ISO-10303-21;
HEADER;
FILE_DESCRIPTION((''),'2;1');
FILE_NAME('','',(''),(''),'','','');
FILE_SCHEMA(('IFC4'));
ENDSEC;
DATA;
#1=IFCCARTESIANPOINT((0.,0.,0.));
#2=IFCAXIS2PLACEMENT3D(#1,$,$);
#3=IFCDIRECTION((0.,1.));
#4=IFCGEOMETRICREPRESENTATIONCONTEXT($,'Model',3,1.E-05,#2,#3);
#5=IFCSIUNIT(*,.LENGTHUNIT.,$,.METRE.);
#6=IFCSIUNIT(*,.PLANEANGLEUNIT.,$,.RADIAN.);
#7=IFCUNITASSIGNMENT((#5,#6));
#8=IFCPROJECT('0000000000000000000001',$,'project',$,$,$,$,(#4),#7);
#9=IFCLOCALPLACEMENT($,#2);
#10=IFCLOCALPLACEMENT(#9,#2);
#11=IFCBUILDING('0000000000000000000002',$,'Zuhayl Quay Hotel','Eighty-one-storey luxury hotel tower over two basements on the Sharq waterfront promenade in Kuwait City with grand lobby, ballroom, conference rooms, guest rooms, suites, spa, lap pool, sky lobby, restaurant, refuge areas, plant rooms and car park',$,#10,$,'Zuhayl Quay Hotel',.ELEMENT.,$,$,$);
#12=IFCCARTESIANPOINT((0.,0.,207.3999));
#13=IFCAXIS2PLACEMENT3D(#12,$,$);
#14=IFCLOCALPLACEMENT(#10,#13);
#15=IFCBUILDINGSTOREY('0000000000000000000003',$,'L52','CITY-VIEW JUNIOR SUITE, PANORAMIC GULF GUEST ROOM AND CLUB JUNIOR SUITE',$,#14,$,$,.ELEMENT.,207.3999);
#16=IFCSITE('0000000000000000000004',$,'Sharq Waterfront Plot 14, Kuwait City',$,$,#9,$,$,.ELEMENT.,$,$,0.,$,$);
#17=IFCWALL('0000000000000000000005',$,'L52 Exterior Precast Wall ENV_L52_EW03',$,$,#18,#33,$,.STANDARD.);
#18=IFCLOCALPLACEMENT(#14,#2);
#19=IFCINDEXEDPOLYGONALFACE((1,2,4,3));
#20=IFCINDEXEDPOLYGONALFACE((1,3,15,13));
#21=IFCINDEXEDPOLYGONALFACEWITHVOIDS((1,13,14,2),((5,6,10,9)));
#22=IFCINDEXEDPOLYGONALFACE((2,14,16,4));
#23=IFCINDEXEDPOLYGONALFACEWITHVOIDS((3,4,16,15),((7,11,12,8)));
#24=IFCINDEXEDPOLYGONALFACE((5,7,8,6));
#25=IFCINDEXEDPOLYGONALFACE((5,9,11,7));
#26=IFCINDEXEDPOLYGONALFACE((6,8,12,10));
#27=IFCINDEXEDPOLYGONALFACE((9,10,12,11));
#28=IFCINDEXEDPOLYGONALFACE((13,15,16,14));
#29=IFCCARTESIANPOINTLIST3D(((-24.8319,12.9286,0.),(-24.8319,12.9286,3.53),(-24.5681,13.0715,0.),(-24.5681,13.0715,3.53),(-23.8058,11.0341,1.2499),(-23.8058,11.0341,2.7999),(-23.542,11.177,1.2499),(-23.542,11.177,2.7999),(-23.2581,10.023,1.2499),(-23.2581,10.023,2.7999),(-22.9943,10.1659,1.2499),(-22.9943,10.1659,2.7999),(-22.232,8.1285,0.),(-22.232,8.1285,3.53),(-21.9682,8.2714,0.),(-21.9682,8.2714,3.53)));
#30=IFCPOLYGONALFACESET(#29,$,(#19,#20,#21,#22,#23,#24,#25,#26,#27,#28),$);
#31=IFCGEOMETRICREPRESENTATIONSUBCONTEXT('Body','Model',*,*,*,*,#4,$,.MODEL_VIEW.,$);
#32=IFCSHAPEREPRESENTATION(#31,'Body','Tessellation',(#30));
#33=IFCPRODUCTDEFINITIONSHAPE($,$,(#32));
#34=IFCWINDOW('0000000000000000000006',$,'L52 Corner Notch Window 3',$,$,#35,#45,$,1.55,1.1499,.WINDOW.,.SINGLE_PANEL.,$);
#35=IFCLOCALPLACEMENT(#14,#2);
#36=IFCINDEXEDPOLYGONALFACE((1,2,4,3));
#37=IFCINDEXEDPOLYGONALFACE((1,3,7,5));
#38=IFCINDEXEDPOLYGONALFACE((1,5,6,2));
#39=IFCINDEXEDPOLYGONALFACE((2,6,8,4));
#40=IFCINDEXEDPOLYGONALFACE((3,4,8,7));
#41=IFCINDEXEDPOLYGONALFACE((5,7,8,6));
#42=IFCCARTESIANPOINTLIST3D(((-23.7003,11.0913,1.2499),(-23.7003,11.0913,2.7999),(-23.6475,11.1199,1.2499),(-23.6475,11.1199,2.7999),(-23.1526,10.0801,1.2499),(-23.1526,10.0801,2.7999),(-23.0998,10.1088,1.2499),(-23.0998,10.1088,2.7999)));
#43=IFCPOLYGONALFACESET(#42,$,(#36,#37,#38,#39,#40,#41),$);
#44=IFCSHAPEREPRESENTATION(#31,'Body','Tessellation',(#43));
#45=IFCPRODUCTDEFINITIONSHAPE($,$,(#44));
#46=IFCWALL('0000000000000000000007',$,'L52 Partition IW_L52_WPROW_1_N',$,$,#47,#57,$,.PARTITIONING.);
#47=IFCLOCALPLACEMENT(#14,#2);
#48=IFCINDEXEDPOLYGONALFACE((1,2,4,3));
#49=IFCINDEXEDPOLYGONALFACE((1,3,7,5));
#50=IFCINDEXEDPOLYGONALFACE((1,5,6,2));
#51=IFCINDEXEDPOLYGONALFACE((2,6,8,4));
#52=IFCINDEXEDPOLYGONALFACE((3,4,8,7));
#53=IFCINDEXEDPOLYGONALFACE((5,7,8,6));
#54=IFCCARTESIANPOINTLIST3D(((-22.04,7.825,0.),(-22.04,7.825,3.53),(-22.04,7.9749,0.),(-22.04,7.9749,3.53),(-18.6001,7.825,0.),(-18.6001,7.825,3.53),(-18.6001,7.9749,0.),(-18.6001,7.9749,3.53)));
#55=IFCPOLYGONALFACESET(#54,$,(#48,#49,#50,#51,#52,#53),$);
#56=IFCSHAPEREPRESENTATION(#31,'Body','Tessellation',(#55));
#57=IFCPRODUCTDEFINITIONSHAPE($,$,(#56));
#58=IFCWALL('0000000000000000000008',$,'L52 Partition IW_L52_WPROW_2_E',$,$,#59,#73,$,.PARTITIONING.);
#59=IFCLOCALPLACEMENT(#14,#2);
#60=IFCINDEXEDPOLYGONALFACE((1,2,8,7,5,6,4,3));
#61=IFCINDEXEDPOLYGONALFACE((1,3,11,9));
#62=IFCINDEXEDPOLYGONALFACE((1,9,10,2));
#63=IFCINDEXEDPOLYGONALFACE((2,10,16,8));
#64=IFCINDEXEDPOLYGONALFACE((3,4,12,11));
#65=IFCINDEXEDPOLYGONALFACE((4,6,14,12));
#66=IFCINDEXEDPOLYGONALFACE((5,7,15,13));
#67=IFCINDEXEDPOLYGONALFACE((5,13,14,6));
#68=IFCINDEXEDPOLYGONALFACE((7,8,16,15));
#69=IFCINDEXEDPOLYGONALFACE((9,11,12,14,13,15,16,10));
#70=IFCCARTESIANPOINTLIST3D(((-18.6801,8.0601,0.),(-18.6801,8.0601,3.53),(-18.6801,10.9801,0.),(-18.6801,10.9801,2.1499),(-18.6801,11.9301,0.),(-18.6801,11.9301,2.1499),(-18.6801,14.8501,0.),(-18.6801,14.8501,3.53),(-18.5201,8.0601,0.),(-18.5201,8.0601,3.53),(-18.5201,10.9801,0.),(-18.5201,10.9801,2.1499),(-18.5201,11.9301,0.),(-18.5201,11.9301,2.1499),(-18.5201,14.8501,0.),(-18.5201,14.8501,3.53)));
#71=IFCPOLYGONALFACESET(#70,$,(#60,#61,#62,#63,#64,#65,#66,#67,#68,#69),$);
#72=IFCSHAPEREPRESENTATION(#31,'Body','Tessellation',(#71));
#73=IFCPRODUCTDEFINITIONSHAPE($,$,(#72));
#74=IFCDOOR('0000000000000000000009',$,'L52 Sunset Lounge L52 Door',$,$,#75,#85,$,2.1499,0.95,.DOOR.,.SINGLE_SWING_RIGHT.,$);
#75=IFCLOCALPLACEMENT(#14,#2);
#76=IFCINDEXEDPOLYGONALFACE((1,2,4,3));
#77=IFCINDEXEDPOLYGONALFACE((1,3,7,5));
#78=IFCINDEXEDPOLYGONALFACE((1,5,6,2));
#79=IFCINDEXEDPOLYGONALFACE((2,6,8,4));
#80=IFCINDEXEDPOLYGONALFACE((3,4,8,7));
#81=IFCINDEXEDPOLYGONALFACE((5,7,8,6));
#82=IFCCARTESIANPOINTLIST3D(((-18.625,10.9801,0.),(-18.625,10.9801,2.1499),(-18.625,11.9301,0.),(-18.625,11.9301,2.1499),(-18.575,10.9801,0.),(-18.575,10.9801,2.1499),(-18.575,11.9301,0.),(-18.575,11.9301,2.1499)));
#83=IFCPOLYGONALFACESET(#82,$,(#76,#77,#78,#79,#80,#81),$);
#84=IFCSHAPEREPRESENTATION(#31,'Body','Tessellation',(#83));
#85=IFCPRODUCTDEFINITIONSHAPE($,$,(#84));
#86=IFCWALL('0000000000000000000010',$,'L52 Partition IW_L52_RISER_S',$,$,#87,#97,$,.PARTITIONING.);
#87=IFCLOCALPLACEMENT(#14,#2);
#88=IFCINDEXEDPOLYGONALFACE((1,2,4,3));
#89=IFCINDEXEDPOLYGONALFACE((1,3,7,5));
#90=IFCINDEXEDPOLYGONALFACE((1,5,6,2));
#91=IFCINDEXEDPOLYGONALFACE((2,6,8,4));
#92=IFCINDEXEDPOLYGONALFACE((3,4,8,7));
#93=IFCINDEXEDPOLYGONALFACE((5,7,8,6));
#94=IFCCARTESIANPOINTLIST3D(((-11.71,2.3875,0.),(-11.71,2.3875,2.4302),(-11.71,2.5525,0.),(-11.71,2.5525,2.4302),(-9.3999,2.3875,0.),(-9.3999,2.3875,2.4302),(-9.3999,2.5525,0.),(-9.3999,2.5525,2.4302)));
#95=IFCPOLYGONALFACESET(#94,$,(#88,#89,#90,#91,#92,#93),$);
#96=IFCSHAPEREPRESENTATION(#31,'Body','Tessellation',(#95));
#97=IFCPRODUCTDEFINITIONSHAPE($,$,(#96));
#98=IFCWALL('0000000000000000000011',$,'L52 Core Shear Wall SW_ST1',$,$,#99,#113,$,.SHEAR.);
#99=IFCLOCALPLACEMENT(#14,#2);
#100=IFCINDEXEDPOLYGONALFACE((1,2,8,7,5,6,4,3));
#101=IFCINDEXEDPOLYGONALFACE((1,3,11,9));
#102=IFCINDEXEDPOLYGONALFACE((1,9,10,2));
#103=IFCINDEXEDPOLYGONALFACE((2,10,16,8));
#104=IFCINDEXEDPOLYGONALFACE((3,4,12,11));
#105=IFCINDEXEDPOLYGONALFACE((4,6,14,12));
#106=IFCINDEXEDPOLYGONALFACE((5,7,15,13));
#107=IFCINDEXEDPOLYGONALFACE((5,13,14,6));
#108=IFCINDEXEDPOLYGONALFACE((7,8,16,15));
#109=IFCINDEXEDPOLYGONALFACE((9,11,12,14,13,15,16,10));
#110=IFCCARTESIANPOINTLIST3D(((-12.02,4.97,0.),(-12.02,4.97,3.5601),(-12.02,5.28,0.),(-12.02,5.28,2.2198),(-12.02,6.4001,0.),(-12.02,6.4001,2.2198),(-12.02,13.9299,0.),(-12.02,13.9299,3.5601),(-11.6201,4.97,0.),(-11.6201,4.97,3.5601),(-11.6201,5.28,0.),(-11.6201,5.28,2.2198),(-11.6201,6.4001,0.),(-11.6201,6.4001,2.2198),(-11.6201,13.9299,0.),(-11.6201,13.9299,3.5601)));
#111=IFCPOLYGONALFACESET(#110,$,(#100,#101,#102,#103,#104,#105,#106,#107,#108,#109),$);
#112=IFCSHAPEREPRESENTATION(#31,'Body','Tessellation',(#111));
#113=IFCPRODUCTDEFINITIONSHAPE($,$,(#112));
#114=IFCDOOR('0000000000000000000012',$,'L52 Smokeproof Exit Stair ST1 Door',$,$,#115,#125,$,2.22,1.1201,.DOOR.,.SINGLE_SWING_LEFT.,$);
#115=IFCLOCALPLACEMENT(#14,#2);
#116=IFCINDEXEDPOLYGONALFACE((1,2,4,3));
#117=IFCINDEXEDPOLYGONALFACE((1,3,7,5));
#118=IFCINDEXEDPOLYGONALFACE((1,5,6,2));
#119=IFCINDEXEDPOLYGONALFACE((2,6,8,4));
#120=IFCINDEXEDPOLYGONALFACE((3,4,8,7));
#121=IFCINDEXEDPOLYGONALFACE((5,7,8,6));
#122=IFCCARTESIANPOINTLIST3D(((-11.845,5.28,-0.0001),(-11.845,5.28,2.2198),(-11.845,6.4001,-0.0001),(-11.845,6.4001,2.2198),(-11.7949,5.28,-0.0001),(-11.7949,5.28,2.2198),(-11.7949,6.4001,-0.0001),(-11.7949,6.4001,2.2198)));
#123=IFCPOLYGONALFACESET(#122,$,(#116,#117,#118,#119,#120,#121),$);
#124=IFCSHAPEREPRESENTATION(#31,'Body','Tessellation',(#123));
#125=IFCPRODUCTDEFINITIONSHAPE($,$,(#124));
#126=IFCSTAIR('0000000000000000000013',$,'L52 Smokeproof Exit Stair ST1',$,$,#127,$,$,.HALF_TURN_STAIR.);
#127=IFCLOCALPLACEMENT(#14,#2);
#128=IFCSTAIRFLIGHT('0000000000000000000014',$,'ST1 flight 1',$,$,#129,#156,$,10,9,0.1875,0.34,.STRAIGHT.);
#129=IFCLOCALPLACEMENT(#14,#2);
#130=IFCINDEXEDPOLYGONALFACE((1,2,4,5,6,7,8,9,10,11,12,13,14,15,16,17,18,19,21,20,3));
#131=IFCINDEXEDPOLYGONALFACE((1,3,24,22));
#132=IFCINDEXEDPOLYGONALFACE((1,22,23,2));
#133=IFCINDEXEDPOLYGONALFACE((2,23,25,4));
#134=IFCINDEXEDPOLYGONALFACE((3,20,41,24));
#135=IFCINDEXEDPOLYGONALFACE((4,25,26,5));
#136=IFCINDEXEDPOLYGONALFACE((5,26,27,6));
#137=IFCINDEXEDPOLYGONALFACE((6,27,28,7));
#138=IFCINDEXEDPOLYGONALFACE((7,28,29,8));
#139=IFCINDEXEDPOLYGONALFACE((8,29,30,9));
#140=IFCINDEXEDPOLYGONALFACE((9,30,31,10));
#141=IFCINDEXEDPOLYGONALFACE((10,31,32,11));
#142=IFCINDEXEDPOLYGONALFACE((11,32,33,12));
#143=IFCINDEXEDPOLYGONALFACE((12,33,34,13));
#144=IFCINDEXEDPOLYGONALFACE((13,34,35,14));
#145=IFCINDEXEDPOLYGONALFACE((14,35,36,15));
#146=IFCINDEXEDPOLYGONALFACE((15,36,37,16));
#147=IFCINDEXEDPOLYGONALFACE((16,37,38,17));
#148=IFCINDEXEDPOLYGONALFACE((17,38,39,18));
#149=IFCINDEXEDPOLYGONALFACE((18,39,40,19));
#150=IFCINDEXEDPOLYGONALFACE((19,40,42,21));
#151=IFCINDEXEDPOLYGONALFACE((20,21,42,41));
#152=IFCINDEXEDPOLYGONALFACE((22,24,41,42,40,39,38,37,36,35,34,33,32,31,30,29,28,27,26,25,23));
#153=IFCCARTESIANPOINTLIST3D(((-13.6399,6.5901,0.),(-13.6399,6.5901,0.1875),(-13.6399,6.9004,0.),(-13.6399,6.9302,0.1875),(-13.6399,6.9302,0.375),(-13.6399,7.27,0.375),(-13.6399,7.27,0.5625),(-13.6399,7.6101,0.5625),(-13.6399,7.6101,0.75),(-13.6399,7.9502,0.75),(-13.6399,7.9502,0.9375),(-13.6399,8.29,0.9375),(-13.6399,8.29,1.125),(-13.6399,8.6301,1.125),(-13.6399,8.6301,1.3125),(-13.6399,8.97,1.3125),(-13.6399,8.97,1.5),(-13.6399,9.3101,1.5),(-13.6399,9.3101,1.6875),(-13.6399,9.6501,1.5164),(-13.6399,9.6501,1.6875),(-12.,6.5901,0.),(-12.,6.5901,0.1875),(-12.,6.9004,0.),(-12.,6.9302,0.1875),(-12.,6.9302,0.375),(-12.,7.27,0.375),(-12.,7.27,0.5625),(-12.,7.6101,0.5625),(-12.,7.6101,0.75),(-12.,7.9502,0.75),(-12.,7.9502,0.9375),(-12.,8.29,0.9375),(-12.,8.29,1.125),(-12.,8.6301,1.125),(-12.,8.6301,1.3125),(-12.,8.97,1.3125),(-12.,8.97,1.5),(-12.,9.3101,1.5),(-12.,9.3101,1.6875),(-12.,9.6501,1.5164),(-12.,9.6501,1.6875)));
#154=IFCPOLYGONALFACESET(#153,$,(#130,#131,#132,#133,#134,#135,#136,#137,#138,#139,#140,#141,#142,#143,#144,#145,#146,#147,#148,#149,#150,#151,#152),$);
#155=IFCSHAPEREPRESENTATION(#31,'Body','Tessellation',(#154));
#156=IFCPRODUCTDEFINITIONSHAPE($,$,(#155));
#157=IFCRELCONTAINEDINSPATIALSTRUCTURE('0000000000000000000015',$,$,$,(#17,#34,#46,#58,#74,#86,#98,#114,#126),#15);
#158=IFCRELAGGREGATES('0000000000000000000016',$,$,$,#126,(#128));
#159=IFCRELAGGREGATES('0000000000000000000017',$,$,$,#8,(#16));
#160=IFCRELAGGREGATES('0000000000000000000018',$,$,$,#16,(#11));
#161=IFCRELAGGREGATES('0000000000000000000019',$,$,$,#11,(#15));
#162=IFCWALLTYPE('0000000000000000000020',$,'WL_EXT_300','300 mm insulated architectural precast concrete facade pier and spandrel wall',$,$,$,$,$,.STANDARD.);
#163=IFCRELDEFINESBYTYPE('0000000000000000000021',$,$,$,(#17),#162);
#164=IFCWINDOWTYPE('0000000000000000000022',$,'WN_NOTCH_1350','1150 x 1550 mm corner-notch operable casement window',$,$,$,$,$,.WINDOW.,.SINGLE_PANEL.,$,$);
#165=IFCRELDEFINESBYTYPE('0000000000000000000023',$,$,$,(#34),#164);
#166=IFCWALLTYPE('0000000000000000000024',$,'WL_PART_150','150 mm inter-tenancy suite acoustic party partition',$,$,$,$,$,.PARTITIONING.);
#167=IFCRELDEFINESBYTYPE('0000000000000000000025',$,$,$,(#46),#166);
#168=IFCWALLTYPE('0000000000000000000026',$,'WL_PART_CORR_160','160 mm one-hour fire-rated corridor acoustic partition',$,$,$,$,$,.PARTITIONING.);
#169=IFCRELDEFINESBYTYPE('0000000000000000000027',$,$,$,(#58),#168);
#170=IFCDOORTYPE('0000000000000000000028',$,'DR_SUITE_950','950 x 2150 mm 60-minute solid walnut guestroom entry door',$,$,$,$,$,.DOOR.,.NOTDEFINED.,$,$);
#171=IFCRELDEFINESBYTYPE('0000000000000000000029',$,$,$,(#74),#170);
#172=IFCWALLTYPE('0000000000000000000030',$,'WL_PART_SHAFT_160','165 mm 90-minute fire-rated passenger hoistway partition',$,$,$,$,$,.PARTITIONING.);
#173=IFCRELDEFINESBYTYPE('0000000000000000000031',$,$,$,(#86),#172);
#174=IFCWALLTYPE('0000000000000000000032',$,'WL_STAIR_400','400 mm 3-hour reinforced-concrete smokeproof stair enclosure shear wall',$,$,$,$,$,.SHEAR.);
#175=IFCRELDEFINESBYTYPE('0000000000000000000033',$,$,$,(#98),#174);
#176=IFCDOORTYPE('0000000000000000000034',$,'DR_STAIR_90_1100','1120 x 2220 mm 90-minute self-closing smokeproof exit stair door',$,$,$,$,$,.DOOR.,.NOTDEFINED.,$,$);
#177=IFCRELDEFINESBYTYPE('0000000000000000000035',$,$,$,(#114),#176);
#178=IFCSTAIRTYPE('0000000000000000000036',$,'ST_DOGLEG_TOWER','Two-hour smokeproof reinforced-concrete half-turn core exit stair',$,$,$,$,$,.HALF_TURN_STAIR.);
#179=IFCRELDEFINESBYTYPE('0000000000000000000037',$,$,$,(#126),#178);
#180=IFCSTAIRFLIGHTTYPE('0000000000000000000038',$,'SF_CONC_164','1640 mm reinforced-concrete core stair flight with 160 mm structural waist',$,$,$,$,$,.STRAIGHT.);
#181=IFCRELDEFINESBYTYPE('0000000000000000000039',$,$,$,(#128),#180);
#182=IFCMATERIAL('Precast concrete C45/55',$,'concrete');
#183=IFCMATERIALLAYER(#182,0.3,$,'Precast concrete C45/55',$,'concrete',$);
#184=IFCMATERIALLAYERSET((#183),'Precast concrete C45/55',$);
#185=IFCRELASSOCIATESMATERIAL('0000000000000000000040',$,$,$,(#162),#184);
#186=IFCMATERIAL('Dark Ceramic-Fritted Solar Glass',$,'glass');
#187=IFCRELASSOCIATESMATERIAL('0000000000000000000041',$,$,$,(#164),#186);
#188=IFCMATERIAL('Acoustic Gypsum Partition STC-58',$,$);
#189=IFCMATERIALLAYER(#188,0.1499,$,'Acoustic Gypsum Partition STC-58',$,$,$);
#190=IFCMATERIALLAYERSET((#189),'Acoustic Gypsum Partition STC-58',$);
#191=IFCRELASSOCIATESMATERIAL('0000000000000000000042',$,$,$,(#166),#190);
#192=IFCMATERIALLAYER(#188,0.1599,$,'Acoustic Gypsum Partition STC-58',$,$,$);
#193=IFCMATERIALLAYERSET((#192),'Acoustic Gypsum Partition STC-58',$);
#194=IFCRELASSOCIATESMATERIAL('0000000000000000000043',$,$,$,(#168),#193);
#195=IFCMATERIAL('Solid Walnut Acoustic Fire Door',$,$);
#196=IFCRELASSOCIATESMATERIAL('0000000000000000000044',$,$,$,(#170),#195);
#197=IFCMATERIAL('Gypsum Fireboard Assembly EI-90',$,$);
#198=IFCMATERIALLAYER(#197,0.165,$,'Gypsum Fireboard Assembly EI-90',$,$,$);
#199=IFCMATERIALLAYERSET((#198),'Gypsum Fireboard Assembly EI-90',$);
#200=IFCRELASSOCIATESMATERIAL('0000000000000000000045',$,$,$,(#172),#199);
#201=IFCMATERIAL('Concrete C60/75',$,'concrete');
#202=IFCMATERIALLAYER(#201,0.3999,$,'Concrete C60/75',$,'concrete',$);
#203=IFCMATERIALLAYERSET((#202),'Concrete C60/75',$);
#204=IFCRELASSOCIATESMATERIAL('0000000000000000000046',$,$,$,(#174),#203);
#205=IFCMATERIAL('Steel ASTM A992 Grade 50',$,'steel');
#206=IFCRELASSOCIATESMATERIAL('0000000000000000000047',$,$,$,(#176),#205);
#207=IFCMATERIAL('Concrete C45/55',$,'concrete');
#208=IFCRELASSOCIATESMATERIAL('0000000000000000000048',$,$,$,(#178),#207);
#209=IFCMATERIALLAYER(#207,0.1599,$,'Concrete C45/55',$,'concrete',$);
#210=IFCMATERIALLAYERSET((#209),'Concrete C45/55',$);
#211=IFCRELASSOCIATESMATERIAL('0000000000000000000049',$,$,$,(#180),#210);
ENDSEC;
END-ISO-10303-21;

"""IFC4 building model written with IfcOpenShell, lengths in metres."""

from ifc_helpers import new_model, si_unit, direction, frame, frame_2d, origin, place, context, subcontext, project, spatial, polyline, rectangle, outline, extrude, material, layer, layer_set, type_object, element, fill, aggregate, save


model = new_model("IFC4")

# Units and contexts
model_context = context("Model", 3, precision=1e-05, world=origin(), true_north=direction((0.0, 1.0)))
body_context = subcontext(model_context, "Body", "Model", "MODEL_VIEW")
ifc_project = project(units=[si_unit("LENGTHUNIT", "METRE"), si_unit("PLANEANGLEUNIT", "RADIAN")], contexts=[model_context])

# Site, building, storey
site_placement = place(None, origin())
site = spatial("IfcSite", under=ifc_project, at=site_placement, Name="Sharq Waterfront Plot 14, Kuwait City", CompositionType="ELEMENT", RefElevation=0.0)
building_placement = place(site_placement, origin())
building = spatial("IfcBuilding", under=site, at=building_placement, Name="Zuhayl Quay Hotel", Description="Eighty-one-storey luxury hotel tower over two basements on the Sharq waterfront promenade in Kuwait City with grand lobby, ballroom, conference rooms, guest rooms, suites, spa, lap pool, sky lobby, restaurant, refuge areas, plant rooms and car park", LongName="Zuhayl Quay Hotel", CompositionType="ELEMENT")
storey_placement = place(building_placement, frame((0.0, 0.0, 207.3999)))
storey = spatial("IfcBuildingStorey", under=building, at=storey_placement, Name="L52", Description="CITY-VIEW JUNIOR SUITE, PANORAMIC GULF GUEST ROOM AND CLUB JUNIOR SUITE", CompositionType="ELEMENT", Elevation=207.3999)

# Shared definitions
ifc_material_1 = material(Name="Concrete C60/75", Category="concrete")

# Shared definitions
ifc_material_2 = material(Name="Dark Ceramic-Fritted Solar Glass", Category="glass")

# Shared definitions
ifc_material_3 = material(Name="Precast concrete C45/55", Category="concrete")
ifc_layer_1 = layer(ifc_material_3, 0.3, Name="Precast concrete C45/55", Category="concrete")
ifc_layer_set_1 = layer_set([ifc_layer_1], Name="Precast concrete C45/55")
wall_type_1 = type_object("IfcWallType", Name="WL_EXT_300", Description="300 mm insulated architectural precast concrete facade pier and spandrel wall", PredefinedType="STANDARD", material=ifc_layer_set_1)

# Wall, opening, window
wall_1_placement = place(storey_placement, frame((-22.1001, 8.2, 0.0), z_axis=(0.0, 0.0, 1.0), x_axis=(-0.476259, 0.879305, 0.0)))
wall_1 = element("IfcWall", 1, at=wall_1_placement, inside=storey, type_object=wall_type_1, Name="L52 Exterior Precast Wall ENV_L52_EW03", PredefinedType="STANDARD", context=body_context, shape_type="SweptSolid", body=[
    extrude(rectangle(XDim=5.459, YDim=0.3, at=frame_2d((2.7295, 0.0))), origin(), (0.0, 0.0, 1.0), 3.53),
])
opening_1_placement = place(wall_1_placement, frame((2.1545, 0.0, 1.25)))
opening_1 = element("IfcOpeningElement", 2, at=opening_1_placement, cuts=wall_1, PredefinedType="OPENING", context=body_context, shape_type="SweptSolid", body=[
    extrude(rectangle(XDim=1.1499, YDim=1.55, at=frame_2d((0.575, 0.7749))), frame((0.0, 0.1599, 0.0), z_axis=(0.0, -1.0, 0.0), x_axis=(1.0, 0.0, 0.0)), (0.0, 0.0, 1.0), 0.3201),
])
window_type = type_object("IfcWindowType", Name="WN_NOTCH_1350", Description="1150 x 1550 mm corner-notch operable casement window", PartitioningType="SINGLE_PANEL", PredefinedType="WINDOW", material=ifc_material_2)
window_placement = place(opening_1_placement, origin())
window = element("IfcWindow", 3, at=window_placement, inside=storey, type_object=window_type, Name="L52 Corner Notch Window 3", OverallHeight=1.55, OverallWidth=1.1499, PartitioningType="SINGLE_PANEL", PredefinedType="WINDOW", context=body_context, shape_type="SweptSolid", body=[
    extrude(rectangle(XDim=1.1499, YDim=1.55, at=frame_2d((0.575, 0.7749))), frame((0.0, 0.03, 0.0), z_axis=(0.0, -1.0, 0.0), x_axis=(1.0, 0.0, 0.0)), (0.0, 0.0, 1.0), 0.0601),
])
fill(opening_1, window)

# Wall
ifc_material_4 = material(Name="Acoustic Gypsum Partition STC-58")
ifc_layer_2 = layer(ifc_material_4, 0.1499, Name="Acoustic Gypsum Partition STC-58")
ifc_layer_set_2 = layer_set([ifc_layer_2], Name="Acoustic Gypsum Partition STC-58")
wall_type_2 = type_object("IfcWallType", Name="WL_PART_150", Description="150 mm inter-tenancy suite acoustic party partition", PredefinedType="PARTITIONING", material=ifc_layer_set_2)
wall_2_placement = place(storey_placement, frame((-22.04, 7.8999, 0.0), z_axis=(0.0, 0.0, 1.0), x_axis=(1.0, 0.0, 0.0)))
element("IfcWall", 4, at=wall_2_placement, inside=storey, type_object=wall_type_2, Name="L52 Partition IW_L52_WPROW_1_N", PredefinedType="PARTITIONING", context=body_context, shape_type="SweptSolid", body=[
    extrude(rectangle(XDim=3.4399, YDim=0.1499, at=frame_2d((1.72, 0.0))), origin(), (0.0, 0.0, 1.0), 3.53),
])

# Wall, opening, door
ifc_layer_3 = layer(ifc_material_4, 0.1599, Name="Acoustic Gypsum Partition STC-58")
ifc_layer_set_3 = layer_set([ifc_layer_3], Name="Acoustic Gypsum Partition STC-58")
wall_type_3 = type_object("IfcWallType", Name="WL_PART_CORR_160", Description="160 mm one-hour fire-rated corridor acoustic partition", PredefinedType="PARTITIONING", material=ifc_layer_set_3)
wall_3_placement = place(storey_placement, frame((-18.6001, 8.0601, 0.0), z_axis=(0.0, 0.0, 1.0), x_axis=(0.0, 1.0, 0.0)))
wall_3 = element("IfcWall", 5, at=wall_3_placement, inside=storey, type_object=wall_type_3, Name="L52 Partition IW_L52_WPROW_2_E", PredefinedType="PARTITIONING", context=body_context, shape_type="SweptSolid", body=[
    extrude(rectangle(XDim=6.79, YDim=0.1599, at=frame_2d((3.395, 0.0))), origin(), (0.0, 0.0, 1.0), 3.53),
])
opening_2_placement = place(wall_3_placement, frame((2.9199, 0.0, 0.0)))
opening_2 = element("IfcOpeningElement", 6, at=opening_2_placement, cuts=wall_3, PredefinedType="OPENING", context=body_context, shape_type="SweptSolid", body=[
    extrude(rectangle(XDim=0.95, YDim=2.1499, at=frame_2d((0.4751, 1.075))), frame((0.0, 0.0898, 0.0), z_axis=(0.0, -1.0, 0.0), x_axis=(1.0, 0.0, 0.0)), (0.0, 0.0, 1.0), 0.1799),
])
ifc_material_5 = material(Name="Solid Walnut Acoustic Fire Door")
door_type_1 = type_object("IfcDoorType", Name="DR_SUITE_950", Description="950 x 2150 mm 60-minute solid walnut guestroom entry door", OperationType="NOTDEFINED", PredefinedType="DOOR", material=ifc_material_5)
door_1_placement = place(opening_2_placement, origin())
door_1 = element("IfcDoor", 7, at=door_1_placement, inside=storey, type_object=door_type_1, Name="L52 Sunset Lounge L52 Door", OperationType="SINGLE_SWING_RIGHT", OverallHeight=2.1499, OverallWidth=0.95, PredefinedType="DOOR", context=body_context, shape_type="SweptSolid", body=[
    extrude(rectangle(XDim=0.95, YDim=2.1499, at=frame_2d((0.4751, 1.075))), frame((0.0, 0.0249, 0.0), z_axis=(0.0, -1.0, 0.0), x_axis=(1.0, 0.0, 0.0)), (0.0, 0.0, 1.0), 0.05),
])
fill(opening_2, door_1)

# Wall
ifc_material_6 = material(Name="Gypsum Fireboard Assembly EI-90")
ifc_layer_4 = layer(ifc_material_6, 0.165, Name="Gypsum Fireboard Assembly EI-90")
ifc_layer_set_4 = layer_set([ifc_layer_4], Name="Gypsum Fireboard Assembly EI-90")
wall_type_4 = type_object("IfcWallType", Name="WL_PART_SHAFT_160", Description="165 mm 90-minute fire-rated passenger hoistway partition", PredefinedType="PARTITIONING", material=ifc_layer_set_4)
wall_4_placement = place(storey_placement, frame((-11.71, 2.47, 0.0), z_axis=(0.0, 0.0, 1.0), x_axis=(1.0, 0.0, 0.0)))
element("IfcWall", 8, at=wall_4_placement, inside=storey, type_object=wall_type_4, Name="L52 Partition IW_L52_RISER_S", PredefinedType="PARTITIONING", context=body_context, shape_type="SweptSolid", body=[
    extrude(rectangle(XDim=2.3101, YDim=0.165, at=frame_2d((1.155, 0.0))), origin(), (0.0, 0.0, 1.0), 2.4302),
])

# Wall, opening, door
ifc_layer_5 = layer(ifc_material_1, 0.3999, Name="Concrete C60/75", Category="concrete")
ifc_layer_set_5 = layer_set([ifc_layer_5], Name="Concrete C60/75")
wall_type_5 = type_object("IfcWallType", Name="WL_STAIR_400", Description="400 mm 3-hour reinforced-concrete smokeproof stair enclosure shear wall", PredefinedType="SHEAR", material=ifc_layer_set_5)
wall_5_placement = place(storey_placement, frame((-11.8201, 4.97, 0.0), z_axis=(0.0, 0.0, 1.0), x_axis=(0.0, 1.0, 0.0)))
wall_5 = element("IfcWall", 9, at=wall_5_placement, inside=storey, type_object=wall_type_5, Name="L52 Core Shear Wall SW_ST1", PredefinedType="SHEAR", context=body_context, shape_type="SweptSolid", body=[
    extrude(rectangle(XDim=8.96, YDim=0.3999, at=frame_2d((4.48, 0.0))), origin(), (0.0, 0.0, 1.0), 3.5601),
])
opening_3_placement = place(wall_5_placement, frame((0.3101, 0.0, 0.0)))
opening_3 = element("IfcOpeningElement", 10, at=opening_3_placement, cuts=wall_5, PredefinedType="OPENING", context=body_context, shape_type="SweptSolid", body=[
    extrude(rectangle(XDim=1.1201, YDim=2.22, at=frame_2d((0.5601, 1.1099))), frame((0.0, 0.21, 0.0), z_axis=(0.0, -1.0, 0.0), x_axis=(1.0, 0.0, 0.0)), (0.0, 0.0, 1.0), 0.4199),
])
ifc_material_7 = material(Name="Steel ASTM A992 Grade 50", Category="steel")
door_type_2 = type_object("IfcDoorType", Name="DR_STAIR_90_1100", Description="1120 x 2220 mm 90-minute self-closing smokeproof exit stair door", OperationType="NOTDEFINED", PredefinedType="DOOR", material=ifc_material_7)
door_2_placement = place(opening_3_placement, origin())
door_2 = element("IfcDoor", 11, at=door_2_placement, inside=storey, type_object=door_type_2, Name="L52 Smokeproof Exit Stair ST1 Door", OperationType="SINGLE_SWING_LEFT", OverallHeight=2.22, OverallWidth=1.1201, PredefinedType="DOOR", context=body_context, shape_type="SweptSolid", body=[
    extrude(rectangle(XDim=1.1201, YDim=2.22, at=frame_2d((0.5601, 1.1099))), frame((0.0, 0.0249, 0.0), z_axis=(0.0, -1.0, 0.0), x_axis=(1.0, 0.0, 0.0)), (0.0, 0.0, 1.0), 0.05),
])
fill(opening_3, door_2)

# Stair, stair flight
ifc_material_8 = material(Name="Concrete C45/55", Category="concrete")
stair_type = type_object("IfcStairType", Name="ST_DOGLEG_TOWER", Description="Two-hour smokeproof reinforced-concrete half-turn core exit stair", PredefinedType="HALF_TURN_STAIR", material=ifc_material_8)
stair_placement = place(storey_placement, origin())
stair = element("IfcStair", 12, at=stair_placement, inside=storey, type_object=stair_type, Name="L52 Smokeproof Exit Stair ST1", PredefinedType="HALF_TURN_STAIR")
ifc_layer_6 = layer(ifc_material_8, 0.1599, Name="Concrete C45/55", Category="concrete")
ifc_layer_set_6 = layer_set([ifc_layer_6], Name="Concrete C45/55")
stair_flight_type = type_object("IfcStairFlightType", Name="SF_CONC_164", Description="1640 mm reinforced-concrete core stair flight with 160 mm structural waist", PredefinedType="STRAIGHT", material=ifc_layer_set_6)
stair_flight_1_placement = place(storey_placement, frame((-12.8201, 6.5901, 0.0), z_axis=(0.0, 0.0, 1.0), x_axis=(0.0, 1.0, 0.0)))
stair_flight_1 = element("IfcStairFlight", 13, at=stair_flight_1_placement, type_object=stair_flight_type, Name="ST1 flight 1", NumberOfRisers=10, NumberOfTreads=9, PredefinedType="STRAIGHT", RiserHeight=0.1875, TreadLength=0.34, context=body_context, shape_type="SweptSolid", body=[
    extrude(outline(polyline([(0.0, 0.0), (0.0, 0.1875), (0.3401, 0.1875), (0.3401, 0.375), (0.6799, 0.375), (0.6799, 0.5625), (1.02, 0.5625), (1.02, 0.75), (1.3601, 0.75), (1.3601, 0.9375), (1.7, 0.9375), (1.7, 1.125), (2.04, 1.125), (2.04, 1.3125), (2.3799, 1.3125), (2.3799, 1.5), (2.72, 1.5), (2.72, 1.6875), (3.0601, 1.6875), (3.0601, 1.875), (3.0601, 1.5164), (0.3103, 0.0), (0.0, 0.0)])), frame((0.0, 0.8198, 0.0), z_axis=(0.0, -1.0, 0.0), x_axis=(1.0, 0.0, 0.0)), (0.0, 0.0, 1.0), 1.6399),
])
aggregate(stair, [stair_flight_1])

save(model, "model.ifc")
